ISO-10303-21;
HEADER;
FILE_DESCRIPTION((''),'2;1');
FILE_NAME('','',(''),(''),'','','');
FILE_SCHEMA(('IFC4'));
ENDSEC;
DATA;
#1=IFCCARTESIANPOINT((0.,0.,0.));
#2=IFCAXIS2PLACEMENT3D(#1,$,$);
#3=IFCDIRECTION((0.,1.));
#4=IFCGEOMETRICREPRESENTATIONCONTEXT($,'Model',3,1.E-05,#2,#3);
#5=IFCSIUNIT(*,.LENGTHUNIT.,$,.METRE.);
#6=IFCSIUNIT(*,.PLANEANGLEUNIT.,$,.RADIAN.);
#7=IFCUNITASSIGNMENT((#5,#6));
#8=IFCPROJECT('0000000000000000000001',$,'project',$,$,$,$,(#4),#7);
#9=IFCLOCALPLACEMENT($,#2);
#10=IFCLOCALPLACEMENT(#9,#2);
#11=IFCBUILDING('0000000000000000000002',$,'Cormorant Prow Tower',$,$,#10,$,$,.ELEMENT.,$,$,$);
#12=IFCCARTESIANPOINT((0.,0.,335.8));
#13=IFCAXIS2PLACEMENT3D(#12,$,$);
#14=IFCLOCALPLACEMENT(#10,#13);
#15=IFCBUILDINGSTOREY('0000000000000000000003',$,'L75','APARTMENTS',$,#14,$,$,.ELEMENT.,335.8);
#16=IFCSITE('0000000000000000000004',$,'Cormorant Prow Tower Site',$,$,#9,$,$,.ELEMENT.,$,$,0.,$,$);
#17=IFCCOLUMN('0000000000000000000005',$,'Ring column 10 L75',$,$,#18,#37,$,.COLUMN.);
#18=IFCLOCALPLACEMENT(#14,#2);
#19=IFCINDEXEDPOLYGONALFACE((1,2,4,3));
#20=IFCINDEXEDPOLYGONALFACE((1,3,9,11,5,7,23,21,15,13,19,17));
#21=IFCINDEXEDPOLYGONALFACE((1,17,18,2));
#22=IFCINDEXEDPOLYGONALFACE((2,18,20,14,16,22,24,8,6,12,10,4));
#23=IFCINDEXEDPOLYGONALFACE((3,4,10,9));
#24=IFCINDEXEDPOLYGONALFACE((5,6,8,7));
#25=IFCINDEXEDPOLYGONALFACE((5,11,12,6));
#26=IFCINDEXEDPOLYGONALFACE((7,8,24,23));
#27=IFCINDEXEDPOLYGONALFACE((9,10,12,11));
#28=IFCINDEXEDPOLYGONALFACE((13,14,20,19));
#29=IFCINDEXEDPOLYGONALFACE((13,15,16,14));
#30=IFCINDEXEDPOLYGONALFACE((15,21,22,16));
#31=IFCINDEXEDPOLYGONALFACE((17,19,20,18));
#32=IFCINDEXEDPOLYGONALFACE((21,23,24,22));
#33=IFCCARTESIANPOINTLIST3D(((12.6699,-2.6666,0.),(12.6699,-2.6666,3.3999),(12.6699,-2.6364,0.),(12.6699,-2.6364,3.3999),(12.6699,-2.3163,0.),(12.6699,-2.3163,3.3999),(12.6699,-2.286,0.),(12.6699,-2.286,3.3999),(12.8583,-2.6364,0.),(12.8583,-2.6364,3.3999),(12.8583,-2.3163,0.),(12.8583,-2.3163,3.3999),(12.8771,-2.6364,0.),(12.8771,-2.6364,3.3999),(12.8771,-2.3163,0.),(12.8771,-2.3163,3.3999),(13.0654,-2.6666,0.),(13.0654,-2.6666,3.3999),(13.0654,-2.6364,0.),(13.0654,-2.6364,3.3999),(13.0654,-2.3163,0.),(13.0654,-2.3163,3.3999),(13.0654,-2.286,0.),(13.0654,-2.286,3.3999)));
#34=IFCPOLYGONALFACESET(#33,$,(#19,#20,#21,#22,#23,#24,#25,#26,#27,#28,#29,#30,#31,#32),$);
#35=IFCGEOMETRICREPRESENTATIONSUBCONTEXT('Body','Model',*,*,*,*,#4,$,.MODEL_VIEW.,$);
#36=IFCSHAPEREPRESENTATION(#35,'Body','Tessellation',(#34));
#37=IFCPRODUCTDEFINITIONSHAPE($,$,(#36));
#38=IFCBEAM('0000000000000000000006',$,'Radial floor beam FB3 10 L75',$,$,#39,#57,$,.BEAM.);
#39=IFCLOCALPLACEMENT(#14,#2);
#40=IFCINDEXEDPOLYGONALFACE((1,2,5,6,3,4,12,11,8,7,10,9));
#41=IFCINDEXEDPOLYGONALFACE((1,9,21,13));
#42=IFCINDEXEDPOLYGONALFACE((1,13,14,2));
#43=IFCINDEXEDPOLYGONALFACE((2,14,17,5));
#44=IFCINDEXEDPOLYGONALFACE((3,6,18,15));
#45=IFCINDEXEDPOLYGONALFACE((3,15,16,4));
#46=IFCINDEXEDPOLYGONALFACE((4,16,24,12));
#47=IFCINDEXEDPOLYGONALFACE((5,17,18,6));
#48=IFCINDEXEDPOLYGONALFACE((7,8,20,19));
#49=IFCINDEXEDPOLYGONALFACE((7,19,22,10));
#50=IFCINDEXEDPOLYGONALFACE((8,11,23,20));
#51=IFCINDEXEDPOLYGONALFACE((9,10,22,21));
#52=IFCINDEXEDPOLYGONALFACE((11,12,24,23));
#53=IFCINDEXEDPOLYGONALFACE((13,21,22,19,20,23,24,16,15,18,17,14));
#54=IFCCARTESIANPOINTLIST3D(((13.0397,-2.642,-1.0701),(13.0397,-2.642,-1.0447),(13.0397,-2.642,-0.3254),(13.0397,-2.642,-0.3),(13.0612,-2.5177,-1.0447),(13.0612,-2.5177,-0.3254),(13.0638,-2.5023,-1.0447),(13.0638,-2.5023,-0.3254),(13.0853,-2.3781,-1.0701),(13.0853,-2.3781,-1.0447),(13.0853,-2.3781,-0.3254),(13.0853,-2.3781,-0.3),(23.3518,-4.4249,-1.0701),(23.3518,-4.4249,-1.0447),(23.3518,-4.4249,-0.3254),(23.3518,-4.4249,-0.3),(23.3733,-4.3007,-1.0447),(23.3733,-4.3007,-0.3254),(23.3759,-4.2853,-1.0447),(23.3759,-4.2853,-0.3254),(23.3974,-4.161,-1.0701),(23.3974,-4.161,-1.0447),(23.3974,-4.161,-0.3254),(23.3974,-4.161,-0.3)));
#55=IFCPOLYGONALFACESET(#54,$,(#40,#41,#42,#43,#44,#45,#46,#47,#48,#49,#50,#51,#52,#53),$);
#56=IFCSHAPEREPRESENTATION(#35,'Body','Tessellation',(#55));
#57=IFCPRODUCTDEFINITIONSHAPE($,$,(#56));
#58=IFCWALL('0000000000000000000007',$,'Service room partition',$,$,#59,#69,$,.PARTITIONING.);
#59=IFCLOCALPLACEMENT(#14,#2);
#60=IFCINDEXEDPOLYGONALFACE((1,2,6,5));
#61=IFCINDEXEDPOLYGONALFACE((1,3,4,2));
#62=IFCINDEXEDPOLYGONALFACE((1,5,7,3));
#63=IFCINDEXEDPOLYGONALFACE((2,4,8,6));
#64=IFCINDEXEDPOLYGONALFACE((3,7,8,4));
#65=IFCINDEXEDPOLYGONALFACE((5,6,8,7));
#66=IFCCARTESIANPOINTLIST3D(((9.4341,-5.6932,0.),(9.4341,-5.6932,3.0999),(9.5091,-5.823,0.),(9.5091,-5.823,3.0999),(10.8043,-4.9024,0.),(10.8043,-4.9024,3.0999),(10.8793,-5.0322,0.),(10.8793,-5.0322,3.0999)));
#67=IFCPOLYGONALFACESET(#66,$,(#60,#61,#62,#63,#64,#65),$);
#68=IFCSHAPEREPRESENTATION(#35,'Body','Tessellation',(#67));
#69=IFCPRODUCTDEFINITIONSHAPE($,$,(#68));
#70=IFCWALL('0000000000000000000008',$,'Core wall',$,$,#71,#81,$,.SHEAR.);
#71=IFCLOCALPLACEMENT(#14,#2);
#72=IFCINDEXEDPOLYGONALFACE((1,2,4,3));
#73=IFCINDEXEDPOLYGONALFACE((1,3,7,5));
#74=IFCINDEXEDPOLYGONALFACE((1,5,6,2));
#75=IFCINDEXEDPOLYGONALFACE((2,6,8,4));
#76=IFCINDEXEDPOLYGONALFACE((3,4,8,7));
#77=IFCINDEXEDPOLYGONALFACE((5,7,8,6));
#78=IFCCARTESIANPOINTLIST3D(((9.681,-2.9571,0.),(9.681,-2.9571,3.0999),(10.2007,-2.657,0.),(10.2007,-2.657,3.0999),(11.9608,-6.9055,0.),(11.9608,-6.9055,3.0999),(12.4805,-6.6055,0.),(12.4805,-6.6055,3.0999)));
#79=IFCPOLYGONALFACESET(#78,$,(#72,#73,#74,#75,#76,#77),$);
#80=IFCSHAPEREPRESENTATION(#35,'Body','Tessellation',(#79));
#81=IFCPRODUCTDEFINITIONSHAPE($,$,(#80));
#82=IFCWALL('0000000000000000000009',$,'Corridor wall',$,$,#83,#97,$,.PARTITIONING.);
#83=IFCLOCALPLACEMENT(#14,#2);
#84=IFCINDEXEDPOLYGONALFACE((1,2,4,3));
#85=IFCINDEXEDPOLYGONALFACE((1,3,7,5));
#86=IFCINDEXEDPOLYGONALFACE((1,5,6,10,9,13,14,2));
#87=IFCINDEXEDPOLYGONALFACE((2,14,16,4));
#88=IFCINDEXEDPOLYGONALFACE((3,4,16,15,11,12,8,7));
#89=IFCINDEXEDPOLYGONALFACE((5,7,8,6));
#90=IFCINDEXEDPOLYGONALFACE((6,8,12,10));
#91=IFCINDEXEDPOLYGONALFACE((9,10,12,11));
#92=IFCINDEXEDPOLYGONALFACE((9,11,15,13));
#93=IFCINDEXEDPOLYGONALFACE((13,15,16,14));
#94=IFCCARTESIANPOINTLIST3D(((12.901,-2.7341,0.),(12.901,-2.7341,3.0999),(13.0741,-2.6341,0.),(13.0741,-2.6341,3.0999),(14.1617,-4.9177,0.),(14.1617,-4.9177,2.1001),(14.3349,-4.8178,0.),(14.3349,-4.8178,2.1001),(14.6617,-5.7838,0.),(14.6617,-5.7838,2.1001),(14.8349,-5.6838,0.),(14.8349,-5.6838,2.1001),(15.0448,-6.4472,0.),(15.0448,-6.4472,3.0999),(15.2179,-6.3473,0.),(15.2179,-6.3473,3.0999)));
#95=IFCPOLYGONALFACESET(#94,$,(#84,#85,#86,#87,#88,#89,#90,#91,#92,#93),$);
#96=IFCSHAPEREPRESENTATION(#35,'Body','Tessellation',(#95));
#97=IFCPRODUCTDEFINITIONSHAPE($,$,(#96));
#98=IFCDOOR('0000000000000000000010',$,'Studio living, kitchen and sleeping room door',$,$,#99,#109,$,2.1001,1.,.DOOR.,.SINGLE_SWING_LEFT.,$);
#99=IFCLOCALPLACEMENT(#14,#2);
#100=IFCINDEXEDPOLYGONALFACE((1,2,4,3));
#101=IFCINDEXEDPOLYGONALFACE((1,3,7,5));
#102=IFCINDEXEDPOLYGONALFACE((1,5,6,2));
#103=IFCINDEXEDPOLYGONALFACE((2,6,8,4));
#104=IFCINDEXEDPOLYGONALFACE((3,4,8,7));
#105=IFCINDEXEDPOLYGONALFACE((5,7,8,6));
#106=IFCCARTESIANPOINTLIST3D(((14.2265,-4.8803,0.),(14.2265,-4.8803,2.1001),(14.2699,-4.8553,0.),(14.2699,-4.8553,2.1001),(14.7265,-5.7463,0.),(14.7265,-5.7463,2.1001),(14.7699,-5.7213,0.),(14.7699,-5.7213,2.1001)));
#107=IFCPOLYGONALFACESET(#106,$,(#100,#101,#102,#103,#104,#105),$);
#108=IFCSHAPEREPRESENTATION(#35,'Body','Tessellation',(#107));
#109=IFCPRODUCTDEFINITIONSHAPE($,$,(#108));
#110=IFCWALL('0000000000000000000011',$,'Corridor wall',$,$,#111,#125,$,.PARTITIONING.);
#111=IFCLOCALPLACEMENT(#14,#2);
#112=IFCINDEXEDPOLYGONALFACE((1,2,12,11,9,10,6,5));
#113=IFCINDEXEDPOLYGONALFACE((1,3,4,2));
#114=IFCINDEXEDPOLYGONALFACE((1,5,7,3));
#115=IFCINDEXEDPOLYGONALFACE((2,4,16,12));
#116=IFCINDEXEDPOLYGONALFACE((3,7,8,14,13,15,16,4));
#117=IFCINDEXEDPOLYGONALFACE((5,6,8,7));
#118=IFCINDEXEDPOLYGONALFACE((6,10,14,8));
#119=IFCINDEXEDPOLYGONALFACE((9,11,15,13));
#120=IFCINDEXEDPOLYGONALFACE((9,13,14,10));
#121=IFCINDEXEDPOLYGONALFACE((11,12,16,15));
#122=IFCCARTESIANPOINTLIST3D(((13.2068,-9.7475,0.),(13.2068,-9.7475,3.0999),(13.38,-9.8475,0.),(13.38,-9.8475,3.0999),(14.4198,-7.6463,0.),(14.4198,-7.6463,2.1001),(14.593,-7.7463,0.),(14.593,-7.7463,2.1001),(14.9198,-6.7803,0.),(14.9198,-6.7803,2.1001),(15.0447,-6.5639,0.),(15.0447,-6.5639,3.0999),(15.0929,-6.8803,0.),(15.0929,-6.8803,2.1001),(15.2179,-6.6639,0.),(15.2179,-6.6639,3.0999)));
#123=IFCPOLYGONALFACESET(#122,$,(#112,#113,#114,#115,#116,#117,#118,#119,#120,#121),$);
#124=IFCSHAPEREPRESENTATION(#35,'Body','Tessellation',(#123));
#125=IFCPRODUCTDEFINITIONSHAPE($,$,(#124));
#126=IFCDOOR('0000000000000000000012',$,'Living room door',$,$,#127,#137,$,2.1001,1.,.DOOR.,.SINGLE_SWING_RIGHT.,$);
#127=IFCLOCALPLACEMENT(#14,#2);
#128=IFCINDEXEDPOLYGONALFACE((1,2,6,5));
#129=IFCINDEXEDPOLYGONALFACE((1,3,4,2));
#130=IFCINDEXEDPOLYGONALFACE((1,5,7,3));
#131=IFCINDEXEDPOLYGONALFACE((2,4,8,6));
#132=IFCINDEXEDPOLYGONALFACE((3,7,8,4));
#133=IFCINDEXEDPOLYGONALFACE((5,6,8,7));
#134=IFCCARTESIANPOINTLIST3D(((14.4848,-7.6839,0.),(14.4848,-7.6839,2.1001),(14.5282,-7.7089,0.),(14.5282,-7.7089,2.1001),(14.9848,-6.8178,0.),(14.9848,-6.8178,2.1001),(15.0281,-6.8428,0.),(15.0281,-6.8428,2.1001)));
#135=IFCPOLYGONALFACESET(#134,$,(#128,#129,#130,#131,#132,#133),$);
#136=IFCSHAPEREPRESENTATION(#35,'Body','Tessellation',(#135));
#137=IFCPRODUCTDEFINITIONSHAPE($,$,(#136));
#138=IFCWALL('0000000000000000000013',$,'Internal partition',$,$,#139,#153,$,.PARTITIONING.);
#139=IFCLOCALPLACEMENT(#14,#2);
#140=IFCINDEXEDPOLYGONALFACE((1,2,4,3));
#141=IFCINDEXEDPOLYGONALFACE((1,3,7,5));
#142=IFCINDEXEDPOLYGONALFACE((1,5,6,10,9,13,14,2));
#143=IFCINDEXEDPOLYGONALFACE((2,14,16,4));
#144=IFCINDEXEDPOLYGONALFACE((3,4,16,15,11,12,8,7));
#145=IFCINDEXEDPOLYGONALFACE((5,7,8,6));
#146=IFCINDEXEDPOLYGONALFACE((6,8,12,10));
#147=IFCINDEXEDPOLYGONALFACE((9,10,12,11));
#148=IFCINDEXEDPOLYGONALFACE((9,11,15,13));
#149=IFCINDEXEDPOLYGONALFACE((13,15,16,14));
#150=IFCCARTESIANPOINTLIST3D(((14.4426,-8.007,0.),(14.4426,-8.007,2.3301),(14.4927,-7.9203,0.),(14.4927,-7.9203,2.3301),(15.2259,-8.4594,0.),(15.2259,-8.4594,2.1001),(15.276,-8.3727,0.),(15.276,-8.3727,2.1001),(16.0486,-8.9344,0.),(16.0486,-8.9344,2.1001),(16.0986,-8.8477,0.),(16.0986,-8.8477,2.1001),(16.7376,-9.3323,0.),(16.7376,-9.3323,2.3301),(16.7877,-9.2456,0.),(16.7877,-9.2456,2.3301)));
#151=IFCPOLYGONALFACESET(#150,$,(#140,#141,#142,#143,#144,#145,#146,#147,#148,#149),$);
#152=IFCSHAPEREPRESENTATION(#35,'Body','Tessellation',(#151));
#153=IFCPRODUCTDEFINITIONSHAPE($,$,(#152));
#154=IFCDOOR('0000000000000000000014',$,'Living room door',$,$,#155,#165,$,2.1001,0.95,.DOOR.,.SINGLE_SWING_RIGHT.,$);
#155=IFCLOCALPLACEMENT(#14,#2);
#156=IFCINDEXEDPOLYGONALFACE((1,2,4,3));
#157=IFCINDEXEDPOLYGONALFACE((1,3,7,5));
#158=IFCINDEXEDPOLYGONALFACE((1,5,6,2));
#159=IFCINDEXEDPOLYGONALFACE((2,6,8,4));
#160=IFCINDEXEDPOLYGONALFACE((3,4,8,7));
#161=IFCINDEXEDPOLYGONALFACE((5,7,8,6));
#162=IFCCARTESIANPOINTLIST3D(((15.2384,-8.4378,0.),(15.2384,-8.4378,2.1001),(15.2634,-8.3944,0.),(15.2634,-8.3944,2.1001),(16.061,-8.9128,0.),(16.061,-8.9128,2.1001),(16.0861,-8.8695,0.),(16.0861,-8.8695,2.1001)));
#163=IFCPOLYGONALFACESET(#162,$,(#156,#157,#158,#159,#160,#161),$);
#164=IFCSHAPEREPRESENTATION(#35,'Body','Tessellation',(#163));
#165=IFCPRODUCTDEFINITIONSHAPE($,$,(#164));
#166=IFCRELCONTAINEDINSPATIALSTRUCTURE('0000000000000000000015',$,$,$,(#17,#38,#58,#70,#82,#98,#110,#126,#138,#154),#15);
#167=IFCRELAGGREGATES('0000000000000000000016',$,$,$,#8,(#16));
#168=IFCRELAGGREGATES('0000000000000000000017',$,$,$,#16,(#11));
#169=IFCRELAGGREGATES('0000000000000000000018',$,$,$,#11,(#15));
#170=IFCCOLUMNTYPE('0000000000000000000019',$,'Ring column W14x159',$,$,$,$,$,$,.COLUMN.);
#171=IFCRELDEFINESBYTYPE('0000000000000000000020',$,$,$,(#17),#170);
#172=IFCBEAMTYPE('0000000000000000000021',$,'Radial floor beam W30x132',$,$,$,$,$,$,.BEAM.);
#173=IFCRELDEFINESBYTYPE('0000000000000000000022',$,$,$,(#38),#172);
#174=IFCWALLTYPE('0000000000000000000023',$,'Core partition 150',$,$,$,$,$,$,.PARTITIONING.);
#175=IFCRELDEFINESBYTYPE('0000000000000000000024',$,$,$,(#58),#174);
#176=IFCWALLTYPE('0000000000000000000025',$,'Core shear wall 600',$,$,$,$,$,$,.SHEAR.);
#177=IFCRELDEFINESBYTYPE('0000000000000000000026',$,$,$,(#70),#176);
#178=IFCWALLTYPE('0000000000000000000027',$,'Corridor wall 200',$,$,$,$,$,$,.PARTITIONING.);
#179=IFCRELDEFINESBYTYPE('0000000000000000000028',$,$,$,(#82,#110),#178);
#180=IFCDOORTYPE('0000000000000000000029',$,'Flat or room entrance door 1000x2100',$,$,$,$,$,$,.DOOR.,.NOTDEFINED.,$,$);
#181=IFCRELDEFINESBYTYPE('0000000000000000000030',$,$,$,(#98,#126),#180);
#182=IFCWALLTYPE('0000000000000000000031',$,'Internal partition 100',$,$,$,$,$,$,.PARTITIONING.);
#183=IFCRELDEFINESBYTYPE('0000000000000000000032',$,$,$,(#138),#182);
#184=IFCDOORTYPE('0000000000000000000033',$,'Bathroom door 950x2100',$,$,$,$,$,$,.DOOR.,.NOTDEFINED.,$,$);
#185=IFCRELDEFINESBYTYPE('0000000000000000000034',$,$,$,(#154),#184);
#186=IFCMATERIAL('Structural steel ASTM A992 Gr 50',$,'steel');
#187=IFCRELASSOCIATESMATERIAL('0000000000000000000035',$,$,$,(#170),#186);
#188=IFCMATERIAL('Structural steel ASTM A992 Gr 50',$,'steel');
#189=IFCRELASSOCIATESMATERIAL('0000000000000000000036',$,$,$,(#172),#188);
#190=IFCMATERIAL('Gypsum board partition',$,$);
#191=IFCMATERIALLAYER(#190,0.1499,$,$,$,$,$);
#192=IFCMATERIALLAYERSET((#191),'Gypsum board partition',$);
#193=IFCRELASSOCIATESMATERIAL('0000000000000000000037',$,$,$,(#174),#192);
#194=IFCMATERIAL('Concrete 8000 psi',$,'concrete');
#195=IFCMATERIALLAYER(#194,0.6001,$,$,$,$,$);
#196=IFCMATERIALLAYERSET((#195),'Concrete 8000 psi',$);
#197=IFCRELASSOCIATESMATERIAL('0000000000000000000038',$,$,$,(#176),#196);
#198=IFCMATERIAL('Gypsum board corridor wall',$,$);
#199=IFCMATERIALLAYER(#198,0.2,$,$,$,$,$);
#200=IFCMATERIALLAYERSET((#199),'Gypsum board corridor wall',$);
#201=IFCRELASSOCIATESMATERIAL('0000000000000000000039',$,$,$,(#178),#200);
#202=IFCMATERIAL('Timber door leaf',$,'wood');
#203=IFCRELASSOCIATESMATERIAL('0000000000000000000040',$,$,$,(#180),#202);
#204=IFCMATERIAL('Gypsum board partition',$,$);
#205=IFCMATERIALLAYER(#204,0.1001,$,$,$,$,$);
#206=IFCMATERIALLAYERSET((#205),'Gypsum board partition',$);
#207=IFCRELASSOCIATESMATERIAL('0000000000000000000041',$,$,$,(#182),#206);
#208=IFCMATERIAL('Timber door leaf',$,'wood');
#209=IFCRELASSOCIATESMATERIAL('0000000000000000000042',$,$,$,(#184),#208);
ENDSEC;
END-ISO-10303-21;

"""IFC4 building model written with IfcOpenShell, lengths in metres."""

from ifc_helpers import new_model, si_unit, direction, frame, frame_2d, origin, origin_2d, place, context, subcontext, project, spatial, rectangle, i_section, extrude, material, layer, layer_set, material_profile, profile_set, type_object, element, fill, save


model = new_model("IFC4")

# Units and contexts
model_context = context("Model", 3, precision=1e-05, world=origin(), true_north=direction((0.0, 1.0)))
body_context = subcontext(model_context, "Body", "Model", "MODEL_VIEW")
ifc_project = project(units=[si_unit("LENGTHUNIT", "METRE"), si_unit("PLANEANGLEUNIT", "RADIAN")], contexts=[model_context])

# Site, building, storey
site_placement = place(None, origin())
site = spatial("IfcSite", under=ifc_project, at=site_placement, Name="Cormorant Prow Tower Site", CompositionType="ELEMENT", RefElevation=0.0)
building_placement = place(site_placement, origin())
building = spatial("IfcBuilding", under=site, at=building_placement, Name="Cormorant Prow Tower", CompositionType="ELEMENT")
storey_placement = place(building_placement, frame((0.0, 0.0, 335.8)))
storey = spatial("IfcBuildingStorey", under=building, at=storey_placement, Name="L75", Description="APARTMENTS", CompositionType="ELEMENT", Elevation=335.8)

# Column
ifc_material_1 = material(Name="Structural steel ASTM A992 Gr 50", Category="steel")
ifc_material_profile_1 = material_profile(ifc_material_1, i_section(OverallWidth=0.3955, OverallDepth=0.3806, WebThickness=0.0188, FlangeThickness=0.0303, at=origin_2d()), Name="W14x159")
ifc_profile_set_1 = profile_set([ifc_material_profile_1], Name="Structural steel ASTM A992 Gr 50")
column_type = type_object("IfcColumnType", Name="Ring column W14x159", PredefinedType="COLUMN", material=ifc_profile_set_1)
column_placement = place(storey_placement, frame((12.8677, -2.4763, 0.0), z_axis=(0.0, 0.0, 1.0), x_axis=(1.0, 0.0, 0.0)))
element("IfcColumn", 1, at=column_placement, inside=storey, type_object=column_type, Name="Ring column 10 L75", PredefinedType="COLUMN", context=body_context, shape_type="SweptSolid", body=[
    extrude(i_section(OverallWidth=0.3955, OverallDepth=0.3806, WebThickness=0.0188, FlangeThickness=0.0303, at=origin_2d()), origin(), (0.0, 0.0, 1.0), 3.3999),
])

# Beam
ifc_material_2 = material(Name="Structural steel ASTM A992 Gr 50", Category="steel")
ifc_material_profile_2 = material_profile(ifc_material_2, i_section(OverallWidth=0.2678, OverallDepth=0.77, WebThickness=0.0156, FlangeThickness=0.0254, at=origin_2d()), Name="W30x132")
ifc_profile_set_2 = profile_set([ifc_material_profile_2], Name="Structural steel ASTM A992 Gr 50")
beam_type = type_object("IfcBeamType", Name="Radial floor beam W30x132", PredefinedType="BEAM", material=ifc_profile_set_2)
beam_placement = place(storey_placement, frame((13.0625, -2.51, -0.6851), z_axis=(0.98538, -0.170373, 0.0), x_axis=(0.170373, 0.98538, 0.0)))
element("IfcBeam", 2, at=beam_placement, inside=storey, type_object=beam_type, Name="Radial floor beam FB3 10 L75", PredefinedType="BEAM", context=body_context, shape_type="SweptSolid", body=[
    extrude(i_section(OverallWidth=0.2678, OverallDepth=0.77, WebThickness=0.0156, FlangeThickness=0.0254, at=origin_2d()), origin(), (0.0, 0.0, 1.0), 10.4651),
])

# Walls
ifc_material_3 = material(Name="Gypsum board partition")
ifc_layer_1 = layer(ifc_material_3, 0.1499)
ifc_layer_set_1 = layer_set([ifc_layer_1], Name="Gypsum board partition")
wall_type_1 = type_object("IfcWallType", Name="Core partition 150", PredefinedType="PARTITIONING", material=ifc_layer_set_1)
wall_1_placement = place(storey_placement, frame((10.8418, -4.9673, 0.0), z_axis=(0.0, 0.0, 1.0), x_axis=(-0.866098, -0.499874, 0.0)))
element("IfcWall", 3, at=wall_1_placement, inside=storey, type_object=wall_type_1, Name="Service room partition", PredefinedType="PARTITIONING", context=body_context, shape_type="SweptSolid", body=[
    extrude(rectangle(XDim=1.582, YDim=0.1499, at=frame_2d((0.791, 0.0))), origin(), (0.0, 0.0, 1.0), 3.0999),
])
ifc_material_4 = material(Name="Concrete 8000 psi", Category="concrete")
ifc_layer_2 = layer(ifc_material_4, 0.6001)
ifc_layer_set_2 = layer_set([ifc_layer_2], Name="Concrete 8000 psi")
wall_type_2 = type_object("IfcWallType", Name="Core shear wall 600", PredefinedType="SHEAR", material=ifc_layer_set_2)
wall_2_placement = place(storey_placement, frame((12.2207, -6.7556, 0.0), z_axis=(0.0, 0.0, 1.0), x_axis=(-0.500021, 0.866013, 0.0)))
element("IfcWall", 4, at=wall_2_placement, inside=storey, type_object=wall_type_2, Name="Core wall", PredefinedType="SHEAR", context=body_context, shape_type="SweptSolid", body=[
    extrude(rectangle(XDim=4.5593, YDim=0.6001, at=frame_2d((2.2798, 0.0))), origin(), (0.0, 0.0, 1.0), 3.0999),
])

# Walls, openings, doors
ifc_material_5 = material(Name="Gypsum board corridor wall")
ifc_layer_3 = layer(ifc_material_5, 0.2)
ifc_layer_set_3 = layer_set([ifc_layer_3], Name="Gypsum board corridor wall")
wall_type_3 = type_object("IfcWallType", Name="Corridor wall 200", PredefinedType="PARTITIONING", material=ifc_layer_set_3)
wall_3_placement = place(storey_placement, frame((12.9875, -2.6841, 0.0), z_axis=(0.0, 0.0, 1.0), x_axis=(0.500003, -0.866023, 0.0)))
wall_3 = element("IfcWall", 5, at=wall_3_placement, inside=storey, type_object=wall_type_3, Name="Corridor wall", PredefinedType="PARTITIONING", context=body_context, shape_type="SweptSolid", body=[
    extrude(rectangle(XDim=4.2876, YDim=0.2, at=frame_2d((2.1438, 0.0))), origin(), (0.0, 0.0, 1.0), 3.0999),
])
opening_1_placement = place(wall_3_placement, frame((2.5215, 0.0, 0.0)))
opening_1 = element("IfcOpeningElement", 6, at=opening_1_placement, cuts=wall_3, PredefinedType="OPENING", context=body_context, shape_type="SweptSolid", body=[
    extrude(rectangle(XDim=1.0, YDim=2.1001, at=frame_2d((0.5, 1.05))), frame((0.0, 0.1099, 0.0), z_axis=(0.0, -1.0, 0.0), x_axis=(1.0, 0.0, 0.0)), (0.0, 0.0, 1.0), 0.22),
])
ifc_material_6 = material(Name="Timber door leaf", Category="wood")
door_type_1 = type_object("IfcDoorType", Name="Flat or room entrance door 1000x2100", OperationType="NOTDEFINED", PredefinedType="DOOR", material=ifc_material_6)
door_1_placement = place(opening_1_placement, origin())
door_1 = element("IfcDoor", 7, at=door_1_placement, inside=storey, type_object=door_type_1, Name="Studio living, kitchen and sleeping room door", OperationType="SINGLE_SWING_LEFT", OverallHeight=2.1001, OverallWidth=1.0, PredefinedType="DOOR", context=body_context, shape_type="SweptSolid", body=[
    extrude(rectangle(XDim=1.0, YDim=2.1001, at=frame_2d((0.5, 1.05))), frame((0.0, 0.0249, 0.0), z_axis=(0.0, -1.0, 0.0), x_axis=(1.0, 0.0, 0.0)), (0.0, 0.0, 1.0), 0.05),
])
fill(opening_1, door_1)
wall_4_placement = place(storey_placement, frame((13.2935, -9.7974, 0.0), z_axis=(0.0, 0.0, 1.0), x_axis=(0.499968, 0.866044, 0.0)))
wall_4 = element("IfcWall", 8, at=wall_4_placement, inside=storey, type_object=wall_type_3, Name="Corridor wall", PredefinedType="PARTITIONING", context=body_context, shape_type="SweptSolid", body=[
    extrude(rectangle(XDim=3.676, YDim=0.2, at=frame_2d((1.8379, 0.0))), origin(), (0.0, 0.0, 1.0), 3.0999),
])
opening_2_placement = place(wall_4_placement, frame((2.426, 0.0, 0.0)))
opening_2 = element("IfcOpeningElement", 9, at=opening_2_placement, cuts=wall_4, PredefinedType="OPENING", context=body_context, shape_type="SweptSolid", body=[
    extrude(rectangle(XDim=1.0, YDim=2.1001, at=frame_2d((0.5, 1.05))), frame((0.0, 0.1099, 0.0), z_axis=(0.0, -1.0, 0.0), x_axis=(1.0, 0.0, 0.0)), (0.0, 0.0, 1.0), 0.22),
])
door_2_placement = place(opening_2_placement, origin())
door_2 = element("IfcDoor", 10, at=door_2_placement, inside=storey, type_object=door_type_1, Name="Living room door", OperationType="SINGLE_SWING_RIGHT", OverallHeight=2.1001, OverallWidth=1.0, PredefinedType="DOOR", context=body_context, shape_type="SweptSolid", body=[
    extrude(rectangle(XDim=1.0, YDim=2.1001, at=frame_2d((0.5, 1.05))), frame((0.0, 0.0249, 0.0), z_axis=(0.0, -1.0, 0.0), x_axis=(1.0, 0.0, 0.0)), (0.0, 0.0, 1.0), 0.05),
])
fill(opening_2, door_2)
ifc_material_7 = material(Name="Gypsum board partition")
ifc_layer_4 = layer(ifc_material_7, 0.1001)
ifc_layer_set_4 = layer_set([ifc_layer_4], Name="Gypsum board partition")
wall_type_4 = type_object("IfcWallType", Name="Internal partition 100", PredefinedType="PARTITIONING", material=ifc_layer_set_4)
wall_5_placement = place(storey_placement, frame((14.4675, -7.9636, 0.0), z_axis=(0.0, 0.0, 1.0), x_axis=(0.865989, -0.500063, 0.0)))
wall_5 = element("IfcWall", 11, at=wall_5_placement, inside=storey, type_object=wall_type_4, Name="Internal partition", PredefinedType="PARTITIONING", context=body_context, shape_type="SweptSolid", body=[
    extrude(rectangle(XDim=2.6501, YDim=0.1001, at=frame_2d((1.3252, 0.0))), origin(), (0.0, 0.0, 1.0), 2.3301),
])
opening_3_placement = place(wall_5_placement, frame((0.9045, 0.0, 0.0)))
opening_3 = element("IfcOpeningElement", 12, at=opening_3_placement, cuts=wall_5, PredefinedType="OPENING", context=body_context, shape_type="SweptSolid", body=[
    extrude(rectangle(XDim=0.95, YDim=2.1001, at=frame_2d((0.4751, 1.05))), frame((0.0, 0.0601, 0.0), z_axis=(0.0, -1.0, 0.0), x_axis=(1.0, 0.0, 0.0)), (0.0, 0.0, 1.0), 0.1201),
])
ifc_material_8 = material(Name="Timber door leaf", Category="wood")
door_type_2 = type_object("IfcDoorType", Name="Bathroom door 950x2100", OperationType="NOTDEFINED", PredefinedType="DOOR", material=ifc_material_8)
door_3_placement = place(opening_3_placement, origin())
door_3 = element("IfcDoor", 13, at=door_3_placement, inside=storey, type_object=door_type_2, Name="Living room door", OperationType="SINGLE_SWING_RIGHT", OverallHeight=2.1001, OverallWidth=0.95, PredefinedType="DOOR", context=body_context, shape_type="SweptSolid", body=[
    extrude(rectangle(XDim=0.95, YDim=2.1001, at=frame_2d((0.4751, 1.05))), frame((0.0, 0.0249, 0.0), z_axis=(0.0, -1.0, 0.0), x_axis=(1.0, 0.0, 0.0)), (0.0, 0.0, 1.0), 0.05),
])
fill(opening_3, door_3)

save(model, "model.ifc")
